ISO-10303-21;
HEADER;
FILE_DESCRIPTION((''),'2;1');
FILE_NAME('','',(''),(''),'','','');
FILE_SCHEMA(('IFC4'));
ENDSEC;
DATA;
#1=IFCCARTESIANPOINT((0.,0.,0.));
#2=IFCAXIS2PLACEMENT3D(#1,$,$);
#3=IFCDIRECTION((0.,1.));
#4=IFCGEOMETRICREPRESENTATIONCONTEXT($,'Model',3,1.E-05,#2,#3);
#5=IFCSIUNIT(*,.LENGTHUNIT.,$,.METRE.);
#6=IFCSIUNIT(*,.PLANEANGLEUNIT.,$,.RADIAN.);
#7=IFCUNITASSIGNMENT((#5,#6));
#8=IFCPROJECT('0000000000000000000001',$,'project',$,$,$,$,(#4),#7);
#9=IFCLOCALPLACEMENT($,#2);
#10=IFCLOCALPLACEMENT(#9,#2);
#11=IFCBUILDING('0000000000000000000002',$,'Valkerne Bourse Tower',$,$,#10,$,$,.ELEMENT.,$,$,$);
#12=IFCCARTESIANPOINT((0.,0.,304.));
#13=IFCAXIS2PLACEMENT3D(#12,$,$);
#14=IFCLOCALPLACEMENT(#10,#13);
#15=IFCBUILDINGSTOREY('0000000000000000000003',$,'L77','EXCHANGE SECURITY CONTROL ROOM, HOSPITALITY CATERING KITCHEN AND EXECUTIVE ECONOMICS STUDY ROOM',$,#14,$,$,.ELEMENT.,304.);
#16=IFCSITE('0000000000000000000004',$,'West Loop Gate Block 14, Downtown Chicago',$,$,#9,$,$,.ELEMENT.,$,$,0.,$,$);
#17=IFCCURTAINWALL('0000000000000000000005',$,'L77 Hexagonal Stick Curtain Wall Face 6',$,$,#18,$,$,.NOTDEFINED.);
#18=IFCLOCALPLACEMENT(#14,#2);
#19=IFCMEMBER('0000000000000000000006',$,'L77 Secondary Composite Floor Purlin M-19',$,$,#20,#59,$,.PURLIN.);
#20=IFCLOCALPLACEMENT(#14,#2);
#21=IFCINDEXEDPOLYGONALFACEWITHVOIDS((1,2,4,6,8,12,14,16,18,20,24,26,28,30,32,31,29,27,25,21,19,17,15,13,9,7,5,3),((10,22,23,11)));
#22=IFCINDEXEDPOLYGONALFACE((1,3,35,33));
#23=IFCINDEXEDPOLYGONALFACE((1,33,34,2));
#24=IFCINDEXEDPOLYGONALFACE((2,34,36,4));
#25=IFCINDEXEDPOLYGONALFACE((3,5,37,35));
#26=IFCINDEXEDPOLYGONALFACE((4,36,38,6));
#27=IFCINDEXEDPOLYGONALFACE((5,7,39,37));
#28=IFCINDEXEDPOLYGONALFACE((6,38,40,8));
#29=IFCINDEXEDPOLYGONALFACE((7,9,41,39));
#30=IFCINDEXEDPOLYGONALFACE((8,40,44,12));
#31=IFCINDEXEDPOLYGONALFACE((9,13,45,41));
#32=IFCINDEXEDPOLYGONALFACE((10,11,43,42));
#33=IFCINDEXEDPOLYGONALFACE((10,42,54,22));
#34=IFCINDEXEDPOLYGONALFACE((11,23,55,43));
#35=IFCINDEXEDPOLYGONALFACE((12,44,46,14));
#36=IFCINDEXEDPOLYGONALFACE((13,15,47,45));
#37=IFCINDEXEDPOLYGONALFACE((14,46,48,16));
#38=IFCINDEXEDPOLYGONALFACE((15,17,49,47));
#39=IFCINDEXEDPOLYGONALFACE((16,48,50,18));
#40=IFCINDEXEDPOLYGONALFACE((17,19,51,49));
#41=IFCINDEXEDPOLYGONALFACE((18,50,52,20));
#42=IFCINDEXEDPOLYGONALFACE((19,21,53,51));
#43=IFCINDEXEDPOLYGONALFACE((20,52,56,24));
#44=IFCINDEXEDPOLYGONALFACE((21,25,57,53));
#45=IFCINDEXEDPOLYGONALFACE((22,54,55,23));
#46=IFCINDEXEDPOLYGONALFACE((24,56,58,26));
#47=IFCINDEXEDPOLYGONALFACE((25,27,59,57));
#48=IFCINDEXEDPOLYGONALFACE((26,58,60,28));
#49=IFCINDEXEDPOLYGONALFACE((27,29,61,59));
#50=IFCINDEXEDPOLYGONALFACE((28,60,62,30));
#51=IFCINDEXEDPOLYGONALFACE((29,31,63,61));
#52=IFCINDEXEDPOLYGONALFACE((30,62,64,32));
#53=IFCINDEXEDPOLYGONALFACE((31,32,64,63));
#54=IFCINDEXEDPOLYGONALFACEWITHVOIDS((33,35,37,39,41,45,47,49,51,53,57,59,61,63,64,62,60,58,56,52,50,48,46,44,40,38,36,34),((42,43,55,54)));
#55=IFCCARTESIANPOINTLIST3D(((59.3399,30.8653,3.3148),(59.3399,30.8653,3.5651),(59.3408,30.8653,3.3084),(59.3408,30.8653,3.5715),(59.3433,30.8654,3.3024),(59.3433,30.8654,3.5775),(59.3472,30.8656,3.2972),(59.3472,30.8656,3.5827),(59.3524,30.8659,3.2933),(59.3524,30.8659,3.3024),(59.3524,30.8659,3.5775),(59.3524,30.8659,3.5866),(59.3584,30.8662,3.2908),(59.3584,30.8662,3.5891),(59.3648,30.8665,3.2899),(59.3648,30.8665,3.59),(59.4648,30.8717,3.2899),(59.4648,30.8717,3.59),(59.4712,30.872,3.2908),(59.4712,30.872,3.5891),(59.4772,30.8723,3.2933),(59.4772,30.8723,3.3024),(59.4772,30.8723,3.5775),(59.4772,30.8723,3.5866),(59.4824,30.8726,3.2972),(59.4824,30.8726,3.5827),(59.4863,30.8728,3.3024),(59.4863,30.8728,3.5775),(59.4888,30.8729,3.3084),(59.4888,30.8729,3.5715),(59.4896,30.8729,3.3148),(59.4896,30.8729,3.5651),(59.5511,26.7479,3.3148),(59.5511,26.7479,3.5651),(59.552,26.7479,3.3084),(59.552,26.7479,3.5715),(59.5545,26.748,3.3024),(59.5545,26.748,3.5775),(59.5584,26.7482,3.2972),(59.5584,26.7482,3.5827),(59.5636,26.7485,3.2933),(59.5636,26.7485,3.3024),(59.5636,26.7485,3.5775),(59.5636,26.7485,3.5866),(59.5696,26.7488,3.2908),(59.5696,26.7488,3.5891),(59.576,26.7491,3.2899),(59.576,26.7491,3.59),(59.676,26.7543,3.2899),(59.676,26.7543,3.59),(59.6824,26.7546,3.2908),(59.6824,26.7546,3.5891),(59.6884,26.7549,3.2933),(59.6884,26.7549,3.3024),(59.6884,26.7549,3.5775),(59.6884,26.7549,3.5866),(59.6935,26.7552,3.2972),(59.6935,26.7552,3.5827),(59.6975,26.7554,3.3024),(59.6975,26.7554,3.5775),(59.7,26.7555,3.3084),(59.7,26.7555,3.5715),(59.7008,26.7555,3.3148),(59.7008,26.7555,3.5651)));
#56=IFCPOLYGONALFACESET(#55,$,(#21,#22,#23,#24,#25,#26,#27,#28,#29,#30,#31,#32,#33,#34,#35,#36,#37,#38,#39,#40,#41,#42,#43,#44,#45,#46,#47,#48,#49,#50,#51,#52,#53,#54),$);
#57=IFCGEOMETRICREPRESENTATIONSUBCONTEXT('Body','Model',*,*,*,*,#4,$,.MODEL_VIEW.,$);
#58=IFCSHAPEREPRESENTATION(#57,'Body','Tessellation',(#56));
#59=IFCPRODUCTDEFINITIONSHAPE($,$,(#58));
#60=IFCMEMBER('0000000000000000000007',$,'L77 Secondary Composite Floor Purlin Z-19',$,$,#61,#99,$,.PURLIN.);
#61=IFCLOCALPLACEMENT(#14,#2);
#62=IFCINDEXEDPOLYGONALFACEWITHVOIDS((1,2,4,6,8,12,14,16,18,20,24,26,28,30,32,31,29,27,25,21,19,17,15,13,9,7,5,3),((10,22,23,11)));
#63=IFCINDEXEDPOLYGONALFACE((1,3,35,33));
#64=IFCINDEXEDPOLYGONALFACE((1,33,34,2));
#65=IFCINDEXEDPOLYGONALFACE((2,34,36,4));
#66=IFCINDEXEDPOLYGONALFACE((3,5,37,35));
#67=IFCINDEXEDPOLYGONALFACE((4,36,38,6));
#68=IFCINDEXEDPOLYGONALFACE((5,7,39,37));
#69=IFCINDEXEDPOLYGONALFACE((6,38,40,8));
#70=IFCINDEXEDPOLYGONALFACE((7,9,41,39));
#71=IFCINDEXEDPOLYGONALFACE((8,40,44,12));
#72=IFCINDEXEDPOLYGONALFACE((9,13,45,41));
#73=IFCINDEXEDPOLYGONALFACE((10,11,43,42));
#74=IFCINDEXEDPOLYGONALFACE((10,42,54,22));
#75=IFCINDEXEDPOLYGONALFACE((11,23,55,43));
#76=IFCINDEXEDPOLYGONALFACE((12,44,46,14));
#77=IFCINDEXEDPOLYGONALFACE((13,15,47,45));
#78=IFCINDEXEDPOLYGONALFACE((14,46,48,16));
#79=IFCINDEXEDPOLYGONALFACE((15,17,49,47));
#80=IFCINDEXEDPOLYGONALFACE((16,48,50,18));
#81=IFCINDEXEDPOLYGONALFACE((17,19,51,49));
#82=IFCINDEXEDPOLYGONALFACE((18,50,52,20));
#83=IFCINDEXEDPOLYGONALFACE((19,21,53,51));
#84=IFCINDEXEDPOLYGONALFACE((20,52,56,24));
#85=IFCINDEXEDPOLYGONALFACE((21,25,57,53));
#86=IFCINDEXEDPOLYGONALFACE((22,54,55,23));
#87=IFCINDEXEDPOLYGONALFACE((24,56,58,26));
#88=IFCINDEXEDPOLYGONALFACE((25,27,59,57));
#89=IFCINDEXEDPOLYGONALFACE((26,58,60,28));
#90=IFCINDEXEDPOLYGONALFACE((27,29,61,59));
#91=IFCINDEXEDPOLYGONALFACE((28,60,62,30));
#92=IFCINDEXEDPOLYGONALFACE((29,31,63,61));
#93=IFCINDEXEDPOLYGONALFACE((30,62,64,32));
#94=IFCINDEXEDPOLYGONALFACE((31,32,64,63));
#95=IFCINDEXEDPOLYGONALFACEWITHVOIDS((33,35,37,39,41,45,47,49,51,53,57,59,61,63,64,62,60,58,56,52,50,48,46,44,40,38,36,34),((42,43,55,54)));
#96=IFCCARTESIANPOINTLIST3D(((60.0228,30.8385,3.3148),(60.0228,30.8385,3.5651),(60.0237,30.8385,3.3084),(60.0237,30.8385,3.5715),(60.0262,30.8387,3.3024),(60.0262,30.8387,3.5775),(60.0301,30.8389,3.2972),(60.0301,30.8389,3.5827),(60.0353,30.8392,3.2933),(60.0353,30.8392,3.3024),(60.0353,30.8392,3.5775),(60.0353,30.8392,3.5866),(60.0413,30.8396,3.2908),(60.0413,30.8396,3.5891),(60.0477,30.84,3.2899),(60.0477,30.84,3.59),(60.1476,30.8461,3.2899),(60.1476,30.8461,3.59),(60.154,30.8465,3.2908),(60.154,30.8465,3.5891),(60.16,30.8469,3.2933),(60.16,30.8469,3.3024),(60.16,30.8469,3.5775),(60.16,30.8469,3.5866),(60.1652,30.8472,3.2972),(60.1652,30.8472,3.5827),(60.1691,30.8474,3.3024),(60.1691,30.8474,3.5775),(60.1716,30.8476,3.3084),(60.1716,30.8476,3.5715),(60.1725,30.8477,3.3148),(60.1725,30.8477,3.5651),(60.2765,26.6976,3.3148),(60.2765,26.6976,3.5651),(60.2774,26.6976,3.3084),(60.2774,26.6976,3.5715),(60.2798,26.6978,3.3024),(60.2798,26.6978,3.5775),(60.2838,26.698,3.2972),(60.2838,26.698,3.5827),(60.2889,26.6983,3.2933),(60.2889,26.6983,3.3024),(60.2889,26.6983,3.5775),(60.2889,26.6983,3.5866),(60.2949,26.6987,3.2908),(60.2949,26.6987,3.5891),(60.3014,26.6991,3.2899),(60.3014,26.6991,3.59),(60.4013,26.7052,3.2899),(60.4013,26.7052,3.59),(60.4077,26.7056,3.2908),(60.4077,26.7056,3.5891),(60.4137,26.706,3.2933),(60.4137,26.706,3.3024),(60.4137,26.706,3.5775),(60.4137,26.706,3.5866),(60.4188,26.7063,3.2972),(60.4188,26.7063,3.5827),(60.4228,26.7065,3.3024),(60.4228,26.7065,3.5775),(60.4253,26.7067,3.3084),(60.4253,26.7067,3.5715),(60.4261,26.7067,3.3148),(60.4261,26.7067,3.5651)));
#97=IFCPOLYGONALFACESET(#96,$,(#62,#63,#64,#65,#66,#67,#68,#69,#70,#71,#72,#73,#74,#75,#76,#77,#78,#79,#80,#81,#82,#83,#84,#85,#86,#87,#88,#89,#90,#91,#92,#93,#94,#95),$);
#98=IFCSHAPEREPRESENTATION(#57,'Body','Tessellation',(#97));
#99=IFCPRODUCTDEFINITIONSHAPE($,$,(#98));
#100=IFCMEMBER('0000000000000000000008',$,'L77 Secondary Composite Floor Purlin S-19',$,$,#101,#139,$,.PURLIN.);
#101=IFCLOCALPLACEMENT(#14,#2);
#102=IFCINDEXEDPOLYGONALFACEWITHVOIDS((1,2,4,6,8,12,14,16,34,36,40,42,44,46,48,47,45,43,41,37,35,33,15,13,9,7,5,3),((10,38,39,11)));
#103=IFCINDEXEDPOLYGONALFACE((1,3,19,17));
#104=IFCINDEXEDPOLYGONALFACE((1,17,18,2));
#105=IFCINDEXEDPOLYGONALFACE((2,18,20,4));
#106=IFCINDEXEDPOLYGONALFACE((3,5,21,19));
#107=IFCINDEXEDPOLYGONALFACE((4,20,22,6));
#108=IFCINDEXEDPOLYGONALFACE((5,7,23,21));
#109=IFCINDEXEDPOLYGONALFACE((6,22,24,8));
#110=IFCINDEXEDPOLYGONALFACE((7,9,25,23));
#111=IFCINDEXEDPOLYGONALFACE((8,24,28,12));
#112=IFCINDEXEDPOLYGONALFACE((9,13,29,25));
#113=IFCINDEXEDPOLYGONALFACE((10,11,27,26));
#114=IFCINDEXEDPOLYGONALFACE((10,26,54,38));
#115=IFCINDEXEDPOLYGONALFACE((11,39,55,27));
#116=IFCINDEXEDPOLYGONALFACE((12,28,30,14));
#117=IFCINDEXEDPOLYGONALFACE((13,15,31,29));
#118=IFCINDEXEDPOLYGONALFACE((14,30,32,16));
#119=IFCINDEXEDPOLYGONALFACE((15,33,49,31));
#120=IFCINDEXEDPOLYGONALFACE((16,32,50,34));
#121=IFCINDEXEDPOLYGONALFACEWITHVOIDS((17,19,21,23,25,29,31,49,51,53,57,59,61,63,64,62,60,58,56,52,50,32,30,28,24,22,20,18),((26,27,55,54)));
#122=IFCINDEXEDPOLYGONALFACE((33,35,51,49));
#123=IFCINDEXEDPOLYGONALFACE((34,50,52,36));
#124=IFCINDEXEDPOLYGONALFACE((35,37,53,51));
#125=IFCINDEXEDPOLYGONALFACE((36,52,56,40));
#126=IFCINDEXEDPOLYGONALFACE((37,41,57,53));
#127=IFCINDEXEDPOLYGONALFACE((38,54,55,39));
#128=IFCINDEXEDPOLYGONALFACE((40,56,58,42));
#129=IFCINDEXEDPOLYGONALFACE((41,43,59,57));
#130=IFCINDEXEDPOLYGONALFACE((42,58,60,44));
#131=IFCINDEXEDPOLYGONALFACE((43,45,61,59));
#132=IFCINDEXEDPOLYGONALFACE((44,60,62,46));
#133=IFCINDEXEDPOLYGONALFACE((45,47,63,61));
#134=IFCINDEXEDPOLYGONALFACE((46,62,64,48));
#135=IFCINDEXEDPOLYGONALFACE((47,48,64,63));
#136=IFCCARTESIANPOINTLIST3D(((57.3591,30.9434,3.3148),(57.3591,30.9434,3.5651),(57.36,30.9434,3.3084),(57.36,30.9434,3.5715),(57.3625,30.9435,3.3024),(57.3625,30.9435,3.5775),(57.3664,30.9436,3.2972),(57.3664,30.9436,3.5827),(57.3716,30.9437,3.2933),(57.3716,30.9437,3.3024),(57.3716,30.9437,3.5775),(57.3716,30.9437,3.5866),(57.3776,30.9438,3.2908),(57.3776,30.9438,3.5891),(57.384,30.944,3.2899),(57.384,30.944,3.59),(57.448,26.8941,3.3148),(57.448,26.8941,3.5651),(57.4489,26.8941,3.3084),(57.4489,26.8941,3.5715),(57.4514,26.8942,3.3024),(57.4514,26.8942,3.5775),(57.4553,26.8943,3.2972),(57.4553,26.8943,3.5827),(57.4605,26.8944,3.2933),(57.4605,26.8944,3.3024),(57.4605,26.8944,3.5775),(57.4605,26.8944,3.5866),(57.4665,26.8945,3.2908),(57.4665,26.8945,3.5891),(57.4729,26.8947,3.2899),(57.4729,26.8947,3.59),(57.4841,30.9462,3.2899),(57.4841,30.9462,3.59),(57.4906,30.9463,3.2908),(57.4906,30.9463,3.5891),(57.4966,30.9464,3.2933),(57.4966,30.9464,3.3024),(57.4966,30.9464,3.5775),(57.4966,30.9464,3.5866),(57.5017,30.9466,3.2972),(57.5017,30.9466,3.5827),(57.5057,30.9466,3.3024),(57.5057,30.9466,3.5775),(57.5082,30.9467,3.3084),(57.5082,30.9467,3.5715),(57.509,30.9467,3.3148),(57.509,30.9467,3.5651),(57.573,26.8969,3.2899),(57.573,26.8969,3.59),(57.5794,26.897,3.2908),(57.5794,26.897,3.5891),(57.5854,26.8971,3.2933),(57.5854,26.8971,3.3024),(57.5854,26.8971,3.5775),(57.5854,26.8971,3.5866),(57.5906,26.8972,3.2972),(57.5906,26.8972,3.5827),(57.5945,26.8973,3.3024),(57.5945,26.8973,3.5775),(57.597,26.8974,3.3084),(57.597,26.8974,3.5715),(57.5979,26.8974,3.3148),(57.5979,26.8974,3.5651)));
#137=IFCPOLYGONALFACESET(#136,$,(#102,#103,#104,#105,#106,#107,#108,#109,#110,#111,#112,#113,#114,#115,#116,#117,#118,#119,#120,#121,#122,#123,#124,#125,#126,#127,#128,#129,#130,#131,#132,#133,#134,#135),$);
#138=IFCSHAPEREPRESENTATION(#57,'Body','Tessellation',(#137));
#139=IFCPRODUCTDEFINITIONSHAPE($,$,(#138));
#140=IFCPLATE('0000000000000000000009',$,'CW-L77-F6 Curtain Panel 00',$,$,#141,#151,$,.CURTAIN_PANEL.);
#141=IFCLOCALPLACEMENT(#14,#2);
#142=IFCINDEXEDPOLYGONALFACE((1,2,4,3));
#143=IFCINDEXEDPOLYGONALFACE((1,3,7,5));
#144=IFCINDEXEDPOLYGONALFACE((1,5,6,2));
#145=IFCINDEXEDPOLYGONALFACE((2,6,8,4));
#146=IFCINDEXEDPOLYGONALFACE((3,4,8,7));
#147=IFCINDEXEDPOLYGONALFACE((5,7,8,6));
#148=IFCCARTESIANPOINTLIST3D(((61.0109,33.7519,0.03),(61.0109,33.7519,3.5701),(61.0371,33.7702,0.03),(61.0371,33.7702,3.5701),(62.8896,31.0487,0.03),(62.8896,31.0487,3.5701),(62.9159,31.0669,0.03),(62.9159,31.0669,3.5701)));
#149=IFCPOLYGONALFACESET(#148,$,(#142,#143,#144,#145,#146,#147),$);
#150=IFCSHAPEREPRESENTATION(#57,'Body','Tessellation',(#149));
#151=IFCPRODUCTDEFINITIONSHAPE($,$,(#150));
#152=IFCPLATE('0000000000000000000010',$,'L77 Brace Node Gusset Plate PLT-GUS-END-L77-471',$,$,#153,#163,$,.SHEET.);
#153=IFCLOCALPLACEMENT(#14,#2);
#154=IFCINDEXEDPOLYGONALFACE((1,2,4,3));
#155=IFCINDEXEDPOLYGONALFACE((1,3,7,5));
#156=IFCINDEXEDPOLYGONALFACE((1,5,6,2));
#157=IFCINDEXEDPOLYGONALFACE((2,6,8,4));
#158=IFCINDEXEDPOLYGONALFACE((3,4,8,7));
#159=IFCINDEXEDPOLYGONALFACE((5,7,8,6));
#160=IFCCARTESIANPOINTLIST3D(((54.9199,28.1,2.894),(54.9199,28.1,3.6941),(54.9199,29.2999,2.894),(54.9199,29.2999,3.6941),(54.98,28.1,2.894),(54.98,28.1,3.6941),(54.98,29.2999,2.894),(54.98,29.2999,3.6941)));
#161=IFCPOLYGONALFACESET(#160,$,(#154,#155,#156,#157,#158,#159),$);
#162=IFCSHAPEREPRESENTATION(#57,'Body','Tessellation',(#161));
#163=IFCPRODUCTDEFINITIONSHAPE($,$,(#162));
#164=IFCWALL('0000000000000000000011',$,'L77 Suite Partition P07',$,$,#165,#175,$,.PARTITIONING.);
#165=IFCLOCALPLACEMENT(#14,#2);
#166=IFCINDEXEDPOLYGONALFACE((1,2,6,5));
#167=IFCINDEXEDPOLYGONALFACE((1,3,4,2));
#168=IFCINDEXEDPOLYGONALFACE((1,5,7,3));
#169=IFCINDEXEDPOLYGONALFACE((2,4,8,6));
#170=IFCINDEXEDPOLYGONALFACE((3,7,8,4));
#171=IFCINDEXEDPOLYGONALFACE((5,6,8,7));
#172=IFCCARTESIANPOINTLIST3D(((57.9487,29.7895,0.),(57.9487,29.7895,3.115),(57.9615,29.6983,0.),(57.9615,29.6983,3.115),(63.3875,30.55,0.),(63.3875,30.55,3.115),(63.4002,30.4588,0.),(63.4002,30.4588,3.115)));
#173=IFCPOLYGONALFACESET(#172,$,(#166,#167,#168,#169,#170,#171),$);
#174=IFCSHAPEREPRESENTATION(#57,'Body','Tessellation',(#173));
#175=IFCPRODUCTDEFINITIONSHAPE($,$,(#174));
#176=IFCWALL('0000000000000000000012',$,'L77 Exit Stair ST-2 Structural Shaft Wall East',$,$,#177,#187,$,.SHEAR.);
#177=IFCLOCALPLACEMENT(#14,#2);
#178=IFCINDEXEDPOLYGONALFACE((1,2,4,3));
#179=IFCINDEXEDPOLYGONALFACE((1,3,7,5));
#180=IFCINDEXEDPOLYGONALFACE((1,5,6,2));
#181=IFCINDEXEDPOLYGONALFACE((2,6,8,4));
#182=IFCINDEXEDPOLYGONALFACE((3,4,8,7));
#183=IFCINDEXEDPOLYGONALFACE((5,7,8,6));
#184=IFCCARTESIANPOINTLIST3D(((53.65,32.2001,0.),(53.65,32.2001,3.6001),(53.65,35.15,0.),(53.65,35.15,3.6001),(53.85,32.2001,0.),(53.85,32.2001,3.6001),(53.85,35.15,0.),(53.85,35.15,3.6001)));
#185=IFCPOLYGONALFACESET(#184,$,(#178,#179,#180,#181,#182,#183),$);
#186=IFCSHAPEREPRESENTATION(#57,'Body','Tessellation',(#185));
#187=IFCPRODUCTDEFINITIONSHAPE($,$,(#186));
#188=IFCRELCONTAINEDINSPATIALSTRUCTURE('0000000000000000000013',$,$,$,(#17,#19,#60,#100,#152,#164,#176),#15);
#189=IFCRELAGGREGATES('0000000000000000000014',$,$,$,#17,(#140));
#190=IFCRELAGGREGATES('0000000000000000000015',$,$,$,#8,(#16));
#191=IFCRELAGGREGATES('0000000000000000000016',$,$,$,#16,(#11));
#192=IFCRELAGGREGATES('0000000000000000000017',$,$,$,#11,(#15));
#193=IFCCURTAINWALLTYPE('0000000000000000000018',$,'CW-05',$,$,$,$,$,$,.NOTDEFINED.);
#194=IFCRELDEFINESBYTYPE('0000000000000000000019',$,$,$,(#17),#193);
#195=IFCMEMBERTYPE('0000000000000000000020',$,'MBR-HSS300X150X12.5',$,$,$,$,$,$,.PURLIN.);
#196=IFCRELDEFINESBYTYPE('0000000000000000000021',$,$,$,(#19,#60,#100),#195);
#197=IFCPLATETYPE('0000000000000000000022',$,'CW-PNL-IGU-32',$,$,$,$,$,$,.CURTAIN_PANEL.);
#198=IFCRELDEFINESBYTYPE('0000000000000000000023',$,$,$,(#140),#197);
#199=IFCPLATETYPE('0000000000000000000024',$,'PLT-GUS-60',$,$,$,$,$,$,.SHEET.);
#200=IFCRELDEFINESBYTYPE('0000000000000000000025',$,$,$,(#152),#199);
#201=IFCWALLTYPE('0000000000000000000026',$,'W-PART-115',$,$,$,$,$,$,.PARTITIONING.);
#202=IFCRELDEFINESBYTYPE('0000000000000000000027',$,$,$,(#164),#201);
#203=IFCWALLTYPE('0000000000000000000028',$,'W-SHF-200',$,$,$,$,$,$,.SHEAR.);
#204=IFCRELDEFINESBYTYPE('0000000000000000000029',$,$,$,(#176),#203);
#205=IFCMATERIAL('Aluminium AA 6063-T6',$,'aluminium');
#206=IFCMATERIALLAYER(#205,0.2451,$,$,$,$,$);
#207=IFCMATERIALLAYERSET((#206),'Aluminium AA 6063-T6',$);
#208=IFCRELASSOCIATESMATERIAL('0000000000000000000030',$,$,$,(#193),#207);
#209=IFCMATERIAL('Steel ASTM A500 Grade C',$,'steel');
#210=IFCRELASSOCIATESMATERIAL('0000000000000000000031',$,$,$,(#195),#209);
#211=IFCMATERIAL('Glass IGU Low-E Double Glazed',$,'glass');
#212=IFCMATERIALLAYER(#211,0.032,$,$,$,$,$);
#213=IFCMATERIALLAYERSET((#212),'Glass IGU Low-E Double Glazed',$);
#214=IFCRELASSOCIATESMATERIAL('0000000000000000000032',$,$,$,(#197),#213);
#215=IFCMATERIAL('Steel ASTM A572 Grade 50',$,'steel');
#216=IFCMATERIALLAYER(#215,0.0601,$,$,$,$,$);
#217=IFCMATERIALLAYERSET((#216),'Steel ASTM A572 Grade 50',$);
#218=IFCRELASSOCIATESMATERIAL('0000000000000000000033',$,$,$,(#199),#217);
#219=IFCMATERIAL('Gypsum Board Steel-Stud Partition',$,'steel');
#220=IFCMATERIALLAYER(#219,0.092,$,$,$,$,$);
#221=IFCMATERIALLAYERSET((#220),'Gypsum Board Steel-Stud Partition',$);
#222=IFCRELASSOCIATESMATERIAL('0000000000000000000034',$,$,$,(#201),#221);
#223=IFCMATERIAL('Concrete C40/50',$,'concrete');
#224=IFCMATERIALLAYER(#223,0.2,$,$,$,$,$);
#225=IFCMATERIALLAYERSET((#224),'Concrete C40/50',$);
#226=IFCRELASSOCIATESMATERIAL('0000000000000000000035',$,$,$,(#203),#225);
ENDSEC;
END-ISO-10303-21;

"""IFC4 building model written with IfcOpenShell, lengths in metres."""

from ifc_helpers import new_model, si_unit, direction, frame, frame_2d, origin, origin_2d, place, context, subcontext, project, spatial, rectangle, hollow_rectangle, extrude, material, layer, layer_set, material_profile, profile_set, type_object, element, aggregate, save


model = new_model("IFC4")

# Units and contexts
model_context = context("Model", 3, precision=1e-05, world=origin(), true_north=direction((0.0, 1.0)))
body_context = subcontext(model_context, "Body", "Model", "MODEL_VIEW")
ifc_project = project(units=[si_unit("LENGTHUNIT", "METRE"), si_unit("PLANEANGLEUNIT", "RADIAN")], contexts=[model_context])

# Site, building, storey
site_placement = place(None, origin())
site = spatial("IfcSite", under=ifc_project, at=site_placement, Name="West Loop Gate Block 14, Downtown Chicago", CompositionType="ELEMENT", RefElevation=0.0)
building_placement = place(site_placement, origin())
building = spatial("IfcBuilding", under=site, at=building_placement, Name="Valkerne Bourse Tower", CompositionType="ELEMENT")
storey_placement = place(building_placement, frame((0.0, 0.0, 304.0)))
storey = spatial("IfcBuildingStorey", under=building, at=storey_placement, Name="L77", Description="EXCHANGE SECURITY CONTROL ROOM, HOSPITALITY CATERING KITCHEN AND EXECUTIVE ECONOMICS STUDY ROOM", CompositionType="ELEMENT", Elevation=304.0)

# Shared definitions
ifc_material_1 = material(Name="Steel ASTM A500 Grade C", Category="steel")

# Curtain wall
ifc_material_2 = material(Name="Aluminium AA 6063-T6", Category="aluminium")
ifc_layer_1 = layer(ifc_material_2, 0.2451)
ifc_layer_set_1 = layer_set([ifc_layer_1], Name="Aluminium AA 6063-T6")
curtain_wall_type = type_object("IfcCurtainWallType", Name="CW-05", PredefinedType="NOTDEFINED", material=ifc_layer_set_1)
curtain_wall_placement = place(storey_placement, origin())
curtain_wall = element("IfcCurtainWall", 1, at=curtain_wall_placement, inside=storey, type_object=curtain_wall_type, Name="L77 Hexagonal Stick Curtain Wall Face 6", PredefinedType="NOTDEFINED")

# Members
ifc_material_profile_1 = material_profile(ifc_material_1, hollow_rectangle(XDim=0.1499, YDim=0.3, WallThickness=0.0125, OuterFilletRadius=0.0249, at=origin_2d()), Name="HSS300X150X12.5")
ifc_profile_set_1 = profile_set([ifc_material_profile_1], Name="Steel ASTM A500 Grade C")
member_type_1 = type_object("IfcMemberType", Name="MBR-HSS300X150X12.5", PredefinedType="PURLIN", material=ifc_profile_set_1)
member_1_placement = place(storey_placement, frame((59.626, 26.7517, 3.4399), z_axis=(-0.051222, 0.998687, 0.0), x_axis=(-0.998687, -0.051222, 0.0)))
element("IfcMember", 2, at=member_1_placement, inside=storey, type_object=member_type_1, Name="L77 Secondary Composite Floor Purlin M-19", PredefinedType="PURLIN", context=body_context, shape_type="SweptSolid", body=[
    extrude(hollow_rectangle(XDim=0.1499, YDim=0.3, WallThickness=0.0125, OuterFilletRadius=0.0249, at=origin_2d()), origin(), (0.0, 0.0, 1.0), 4.1228),
])
member_2_placement = place(storey_placement, frame((60.3513, 26.7021, 3.4399), z_axis=(-0.061144, 0.998129, 0.0), x_axis=(-0.998129, -0.061144, 0.0)))
element("IfcMember", 3, at=member_2_placement, inside=storey, type_object=member_type_1, Name="L77 Secondary Composite Floor Purlin Z-19", PredefinedType="PURLIN", context=body_context, shape_type="SweptSolid", body=[
    extrude(hollow_rectangle(XDim=0.1499, YDim=0.3, WallThickness=0.0125, OuterFilletRadius=0.0249, at=origin_2d()), origin(), (0.0, 0.0, 1.0), 4.1487),
])
member_3_placement = place(storey_placement, frame((57.5229, 26.8958, 3.4399), z_axis=(-0.021941, 0.999759, 0.0), x_axis=(-0.999759, -0.021941, 0.0)))
element("IfcMember", 4, at=member_3_placement, inside=storey, type_object=member_type_1, Name="L77 Secondary Composite Floor Purlin S-19", PredefinedType="PURLIN", context=body_context, shape_type="SweptSolid", body=[
    extrude(hollow_rectangle(XDim=0.1499, YDim=0.3, WallThickness=0.0125, OuterFilletRadius=0.0249, at=origin_2d()), origin(), (0.0, 0.0, 1.0), 4.0503),
])

# Plates
ifc_material_3 = material(Name="Glass IGU Low-E Double Glazed", Category="glass")
ifc_layer_2 = layer(ifc_material_3, 0.032)
ifc_layer_set_2 = layer_set([ifc_layer_2], Name="Glass IGU Low-E Double Glazed")
plate_type_1 = type_object("IfcPlateType", Name="CW-PNL-IGU-32", PredefinedType="CURTAIN_PANEL", material=ifc_layer_set_2)
plate_1_placement = place(storey_placement, frame((61.9634, 32.4094, 0.03), z_axis=(0.0, 0.0, 1.0), x_axis=(-0.570704, 0.821156, 0.0)))
plate_1 = element("IfcPlate", 5, at=plate_1_placement, type_object=plate_type_1, Name="CW-L77-F6 Curtain Panel 00", PredefinedType="CURTAIN_PANEL", context=body_context, shape_type="SweptSolid", body=[
    extrude(rectangle(XDim=3.292, YDim=0.032, at=origin_2d()), origin(), (0.0, 0.0, 1.0), 3.54),
])
aggregate(curtain_wall, [plate_1])
ifc_material_4 = material(Name="Steel ASTM A572 Grade 50", Category="steel")
ifc_layer_3 = layer(ifc_material_4, 0.0601)
ifc_layer_set_3 = layer_set([ifc_layer_3], Name="Steel ASTM A572 Grade 50")
plate_type_2 = type_object("IfcPlateType", Name="PLT-GUS-60", PredefinedType="SHEET", material=ifc_layer_set_3)
plate_2_placement = place(storey_placement, frame((54.95, 28.7, 2.894), z_axis=(0.0, 0.0, 1.0), x_axis=(0.0, 1.0, 0.0)))
element("IfcPlate", 6, at=plate_2_placement, inside=storey, type_object=plate_type_2, Name="L77 Brace Node Gusset Plate PLT-GUS-END-L77-471", PredefinedType="SHEET", context=body_context, shape_type="SweptSolid", body=[
    extrude(rectangle(XDim=1.2, YDim=0.0601, at=origin_2d()), origin(), (0.0, 0.0, 1.0), 0.8),
])

# Walls
ifc_material_5 = material(Name="Gypsum Board Steel-Stud Partition", Category="steel")
ifc_layer_4 = layer(ifc_material_5, 0.092)
ifc_layer_set_4 = layer_set([ifc_layer_4], Name="Gypsum Board Steel-Stud Partition")
wall_type_1 = type_object("IfcWallType", Name="W-PART-115", PredefinedType="PARTITIONING", material=ifc_layer_set_4)
wall_1_placement = place(storey_placement, frame((57.9551, 29.7439, 0.0), z_axis=(0.0, 0.0, 1.0), x_axis=(0.990365, 0.138483, 0.0)))
element("IfcWall", 7, at=wall_1_placement, inside=storey, type_object=wall_type_1, Name="L77 Suite Partition P07", PredefinedType="PARTITIONING", context=body_context, shape_type="SweptSolid", body=[
    extrude(rectangle(XDim=5.4917, YDim=0.092, at=frame_2d((2.7458, 0.0))), origin(), (0.0, 0.0, 1.0), 3.115),
])
ifc_material_6 = material(Name="Concrete C40/50", Category="concrete")
ifc_layer_5 = layer(ifc_material_6, 0.2)
ifc_layer_set_5 = layer_set([ifc_layer_5], Name="Concrete C40/50")
wall_type_2 = type_object("IfcWallType", Name="W-SHF-200", PredefinedType="SHEAR", material=ifc_layer_set_5)
wall_2_placement = place(storey_placement, frame((53.75, 32.2, 0.0), z_axis=(0.0, 0.0, 1.0), x_axis=(0.0, 1.0, 0.0)))
element("IfcWall", 8, at=wall_2_placement, inside=storey, type_object=wall_type_2, Name="L77 Exit Stair ST-2 Structural Shaft Wall East", PredefinedType="SHEAR", context=body_context, shape_type="SweptSolid", body=[
    extrude(rectangle(XDim=2.95, YDim=0.2, at=frame_2d((1.4751, 0.0))), origin(), (0.0, 0.0, 1.0), 3.6001),
])

save(model, "model.ifc")
